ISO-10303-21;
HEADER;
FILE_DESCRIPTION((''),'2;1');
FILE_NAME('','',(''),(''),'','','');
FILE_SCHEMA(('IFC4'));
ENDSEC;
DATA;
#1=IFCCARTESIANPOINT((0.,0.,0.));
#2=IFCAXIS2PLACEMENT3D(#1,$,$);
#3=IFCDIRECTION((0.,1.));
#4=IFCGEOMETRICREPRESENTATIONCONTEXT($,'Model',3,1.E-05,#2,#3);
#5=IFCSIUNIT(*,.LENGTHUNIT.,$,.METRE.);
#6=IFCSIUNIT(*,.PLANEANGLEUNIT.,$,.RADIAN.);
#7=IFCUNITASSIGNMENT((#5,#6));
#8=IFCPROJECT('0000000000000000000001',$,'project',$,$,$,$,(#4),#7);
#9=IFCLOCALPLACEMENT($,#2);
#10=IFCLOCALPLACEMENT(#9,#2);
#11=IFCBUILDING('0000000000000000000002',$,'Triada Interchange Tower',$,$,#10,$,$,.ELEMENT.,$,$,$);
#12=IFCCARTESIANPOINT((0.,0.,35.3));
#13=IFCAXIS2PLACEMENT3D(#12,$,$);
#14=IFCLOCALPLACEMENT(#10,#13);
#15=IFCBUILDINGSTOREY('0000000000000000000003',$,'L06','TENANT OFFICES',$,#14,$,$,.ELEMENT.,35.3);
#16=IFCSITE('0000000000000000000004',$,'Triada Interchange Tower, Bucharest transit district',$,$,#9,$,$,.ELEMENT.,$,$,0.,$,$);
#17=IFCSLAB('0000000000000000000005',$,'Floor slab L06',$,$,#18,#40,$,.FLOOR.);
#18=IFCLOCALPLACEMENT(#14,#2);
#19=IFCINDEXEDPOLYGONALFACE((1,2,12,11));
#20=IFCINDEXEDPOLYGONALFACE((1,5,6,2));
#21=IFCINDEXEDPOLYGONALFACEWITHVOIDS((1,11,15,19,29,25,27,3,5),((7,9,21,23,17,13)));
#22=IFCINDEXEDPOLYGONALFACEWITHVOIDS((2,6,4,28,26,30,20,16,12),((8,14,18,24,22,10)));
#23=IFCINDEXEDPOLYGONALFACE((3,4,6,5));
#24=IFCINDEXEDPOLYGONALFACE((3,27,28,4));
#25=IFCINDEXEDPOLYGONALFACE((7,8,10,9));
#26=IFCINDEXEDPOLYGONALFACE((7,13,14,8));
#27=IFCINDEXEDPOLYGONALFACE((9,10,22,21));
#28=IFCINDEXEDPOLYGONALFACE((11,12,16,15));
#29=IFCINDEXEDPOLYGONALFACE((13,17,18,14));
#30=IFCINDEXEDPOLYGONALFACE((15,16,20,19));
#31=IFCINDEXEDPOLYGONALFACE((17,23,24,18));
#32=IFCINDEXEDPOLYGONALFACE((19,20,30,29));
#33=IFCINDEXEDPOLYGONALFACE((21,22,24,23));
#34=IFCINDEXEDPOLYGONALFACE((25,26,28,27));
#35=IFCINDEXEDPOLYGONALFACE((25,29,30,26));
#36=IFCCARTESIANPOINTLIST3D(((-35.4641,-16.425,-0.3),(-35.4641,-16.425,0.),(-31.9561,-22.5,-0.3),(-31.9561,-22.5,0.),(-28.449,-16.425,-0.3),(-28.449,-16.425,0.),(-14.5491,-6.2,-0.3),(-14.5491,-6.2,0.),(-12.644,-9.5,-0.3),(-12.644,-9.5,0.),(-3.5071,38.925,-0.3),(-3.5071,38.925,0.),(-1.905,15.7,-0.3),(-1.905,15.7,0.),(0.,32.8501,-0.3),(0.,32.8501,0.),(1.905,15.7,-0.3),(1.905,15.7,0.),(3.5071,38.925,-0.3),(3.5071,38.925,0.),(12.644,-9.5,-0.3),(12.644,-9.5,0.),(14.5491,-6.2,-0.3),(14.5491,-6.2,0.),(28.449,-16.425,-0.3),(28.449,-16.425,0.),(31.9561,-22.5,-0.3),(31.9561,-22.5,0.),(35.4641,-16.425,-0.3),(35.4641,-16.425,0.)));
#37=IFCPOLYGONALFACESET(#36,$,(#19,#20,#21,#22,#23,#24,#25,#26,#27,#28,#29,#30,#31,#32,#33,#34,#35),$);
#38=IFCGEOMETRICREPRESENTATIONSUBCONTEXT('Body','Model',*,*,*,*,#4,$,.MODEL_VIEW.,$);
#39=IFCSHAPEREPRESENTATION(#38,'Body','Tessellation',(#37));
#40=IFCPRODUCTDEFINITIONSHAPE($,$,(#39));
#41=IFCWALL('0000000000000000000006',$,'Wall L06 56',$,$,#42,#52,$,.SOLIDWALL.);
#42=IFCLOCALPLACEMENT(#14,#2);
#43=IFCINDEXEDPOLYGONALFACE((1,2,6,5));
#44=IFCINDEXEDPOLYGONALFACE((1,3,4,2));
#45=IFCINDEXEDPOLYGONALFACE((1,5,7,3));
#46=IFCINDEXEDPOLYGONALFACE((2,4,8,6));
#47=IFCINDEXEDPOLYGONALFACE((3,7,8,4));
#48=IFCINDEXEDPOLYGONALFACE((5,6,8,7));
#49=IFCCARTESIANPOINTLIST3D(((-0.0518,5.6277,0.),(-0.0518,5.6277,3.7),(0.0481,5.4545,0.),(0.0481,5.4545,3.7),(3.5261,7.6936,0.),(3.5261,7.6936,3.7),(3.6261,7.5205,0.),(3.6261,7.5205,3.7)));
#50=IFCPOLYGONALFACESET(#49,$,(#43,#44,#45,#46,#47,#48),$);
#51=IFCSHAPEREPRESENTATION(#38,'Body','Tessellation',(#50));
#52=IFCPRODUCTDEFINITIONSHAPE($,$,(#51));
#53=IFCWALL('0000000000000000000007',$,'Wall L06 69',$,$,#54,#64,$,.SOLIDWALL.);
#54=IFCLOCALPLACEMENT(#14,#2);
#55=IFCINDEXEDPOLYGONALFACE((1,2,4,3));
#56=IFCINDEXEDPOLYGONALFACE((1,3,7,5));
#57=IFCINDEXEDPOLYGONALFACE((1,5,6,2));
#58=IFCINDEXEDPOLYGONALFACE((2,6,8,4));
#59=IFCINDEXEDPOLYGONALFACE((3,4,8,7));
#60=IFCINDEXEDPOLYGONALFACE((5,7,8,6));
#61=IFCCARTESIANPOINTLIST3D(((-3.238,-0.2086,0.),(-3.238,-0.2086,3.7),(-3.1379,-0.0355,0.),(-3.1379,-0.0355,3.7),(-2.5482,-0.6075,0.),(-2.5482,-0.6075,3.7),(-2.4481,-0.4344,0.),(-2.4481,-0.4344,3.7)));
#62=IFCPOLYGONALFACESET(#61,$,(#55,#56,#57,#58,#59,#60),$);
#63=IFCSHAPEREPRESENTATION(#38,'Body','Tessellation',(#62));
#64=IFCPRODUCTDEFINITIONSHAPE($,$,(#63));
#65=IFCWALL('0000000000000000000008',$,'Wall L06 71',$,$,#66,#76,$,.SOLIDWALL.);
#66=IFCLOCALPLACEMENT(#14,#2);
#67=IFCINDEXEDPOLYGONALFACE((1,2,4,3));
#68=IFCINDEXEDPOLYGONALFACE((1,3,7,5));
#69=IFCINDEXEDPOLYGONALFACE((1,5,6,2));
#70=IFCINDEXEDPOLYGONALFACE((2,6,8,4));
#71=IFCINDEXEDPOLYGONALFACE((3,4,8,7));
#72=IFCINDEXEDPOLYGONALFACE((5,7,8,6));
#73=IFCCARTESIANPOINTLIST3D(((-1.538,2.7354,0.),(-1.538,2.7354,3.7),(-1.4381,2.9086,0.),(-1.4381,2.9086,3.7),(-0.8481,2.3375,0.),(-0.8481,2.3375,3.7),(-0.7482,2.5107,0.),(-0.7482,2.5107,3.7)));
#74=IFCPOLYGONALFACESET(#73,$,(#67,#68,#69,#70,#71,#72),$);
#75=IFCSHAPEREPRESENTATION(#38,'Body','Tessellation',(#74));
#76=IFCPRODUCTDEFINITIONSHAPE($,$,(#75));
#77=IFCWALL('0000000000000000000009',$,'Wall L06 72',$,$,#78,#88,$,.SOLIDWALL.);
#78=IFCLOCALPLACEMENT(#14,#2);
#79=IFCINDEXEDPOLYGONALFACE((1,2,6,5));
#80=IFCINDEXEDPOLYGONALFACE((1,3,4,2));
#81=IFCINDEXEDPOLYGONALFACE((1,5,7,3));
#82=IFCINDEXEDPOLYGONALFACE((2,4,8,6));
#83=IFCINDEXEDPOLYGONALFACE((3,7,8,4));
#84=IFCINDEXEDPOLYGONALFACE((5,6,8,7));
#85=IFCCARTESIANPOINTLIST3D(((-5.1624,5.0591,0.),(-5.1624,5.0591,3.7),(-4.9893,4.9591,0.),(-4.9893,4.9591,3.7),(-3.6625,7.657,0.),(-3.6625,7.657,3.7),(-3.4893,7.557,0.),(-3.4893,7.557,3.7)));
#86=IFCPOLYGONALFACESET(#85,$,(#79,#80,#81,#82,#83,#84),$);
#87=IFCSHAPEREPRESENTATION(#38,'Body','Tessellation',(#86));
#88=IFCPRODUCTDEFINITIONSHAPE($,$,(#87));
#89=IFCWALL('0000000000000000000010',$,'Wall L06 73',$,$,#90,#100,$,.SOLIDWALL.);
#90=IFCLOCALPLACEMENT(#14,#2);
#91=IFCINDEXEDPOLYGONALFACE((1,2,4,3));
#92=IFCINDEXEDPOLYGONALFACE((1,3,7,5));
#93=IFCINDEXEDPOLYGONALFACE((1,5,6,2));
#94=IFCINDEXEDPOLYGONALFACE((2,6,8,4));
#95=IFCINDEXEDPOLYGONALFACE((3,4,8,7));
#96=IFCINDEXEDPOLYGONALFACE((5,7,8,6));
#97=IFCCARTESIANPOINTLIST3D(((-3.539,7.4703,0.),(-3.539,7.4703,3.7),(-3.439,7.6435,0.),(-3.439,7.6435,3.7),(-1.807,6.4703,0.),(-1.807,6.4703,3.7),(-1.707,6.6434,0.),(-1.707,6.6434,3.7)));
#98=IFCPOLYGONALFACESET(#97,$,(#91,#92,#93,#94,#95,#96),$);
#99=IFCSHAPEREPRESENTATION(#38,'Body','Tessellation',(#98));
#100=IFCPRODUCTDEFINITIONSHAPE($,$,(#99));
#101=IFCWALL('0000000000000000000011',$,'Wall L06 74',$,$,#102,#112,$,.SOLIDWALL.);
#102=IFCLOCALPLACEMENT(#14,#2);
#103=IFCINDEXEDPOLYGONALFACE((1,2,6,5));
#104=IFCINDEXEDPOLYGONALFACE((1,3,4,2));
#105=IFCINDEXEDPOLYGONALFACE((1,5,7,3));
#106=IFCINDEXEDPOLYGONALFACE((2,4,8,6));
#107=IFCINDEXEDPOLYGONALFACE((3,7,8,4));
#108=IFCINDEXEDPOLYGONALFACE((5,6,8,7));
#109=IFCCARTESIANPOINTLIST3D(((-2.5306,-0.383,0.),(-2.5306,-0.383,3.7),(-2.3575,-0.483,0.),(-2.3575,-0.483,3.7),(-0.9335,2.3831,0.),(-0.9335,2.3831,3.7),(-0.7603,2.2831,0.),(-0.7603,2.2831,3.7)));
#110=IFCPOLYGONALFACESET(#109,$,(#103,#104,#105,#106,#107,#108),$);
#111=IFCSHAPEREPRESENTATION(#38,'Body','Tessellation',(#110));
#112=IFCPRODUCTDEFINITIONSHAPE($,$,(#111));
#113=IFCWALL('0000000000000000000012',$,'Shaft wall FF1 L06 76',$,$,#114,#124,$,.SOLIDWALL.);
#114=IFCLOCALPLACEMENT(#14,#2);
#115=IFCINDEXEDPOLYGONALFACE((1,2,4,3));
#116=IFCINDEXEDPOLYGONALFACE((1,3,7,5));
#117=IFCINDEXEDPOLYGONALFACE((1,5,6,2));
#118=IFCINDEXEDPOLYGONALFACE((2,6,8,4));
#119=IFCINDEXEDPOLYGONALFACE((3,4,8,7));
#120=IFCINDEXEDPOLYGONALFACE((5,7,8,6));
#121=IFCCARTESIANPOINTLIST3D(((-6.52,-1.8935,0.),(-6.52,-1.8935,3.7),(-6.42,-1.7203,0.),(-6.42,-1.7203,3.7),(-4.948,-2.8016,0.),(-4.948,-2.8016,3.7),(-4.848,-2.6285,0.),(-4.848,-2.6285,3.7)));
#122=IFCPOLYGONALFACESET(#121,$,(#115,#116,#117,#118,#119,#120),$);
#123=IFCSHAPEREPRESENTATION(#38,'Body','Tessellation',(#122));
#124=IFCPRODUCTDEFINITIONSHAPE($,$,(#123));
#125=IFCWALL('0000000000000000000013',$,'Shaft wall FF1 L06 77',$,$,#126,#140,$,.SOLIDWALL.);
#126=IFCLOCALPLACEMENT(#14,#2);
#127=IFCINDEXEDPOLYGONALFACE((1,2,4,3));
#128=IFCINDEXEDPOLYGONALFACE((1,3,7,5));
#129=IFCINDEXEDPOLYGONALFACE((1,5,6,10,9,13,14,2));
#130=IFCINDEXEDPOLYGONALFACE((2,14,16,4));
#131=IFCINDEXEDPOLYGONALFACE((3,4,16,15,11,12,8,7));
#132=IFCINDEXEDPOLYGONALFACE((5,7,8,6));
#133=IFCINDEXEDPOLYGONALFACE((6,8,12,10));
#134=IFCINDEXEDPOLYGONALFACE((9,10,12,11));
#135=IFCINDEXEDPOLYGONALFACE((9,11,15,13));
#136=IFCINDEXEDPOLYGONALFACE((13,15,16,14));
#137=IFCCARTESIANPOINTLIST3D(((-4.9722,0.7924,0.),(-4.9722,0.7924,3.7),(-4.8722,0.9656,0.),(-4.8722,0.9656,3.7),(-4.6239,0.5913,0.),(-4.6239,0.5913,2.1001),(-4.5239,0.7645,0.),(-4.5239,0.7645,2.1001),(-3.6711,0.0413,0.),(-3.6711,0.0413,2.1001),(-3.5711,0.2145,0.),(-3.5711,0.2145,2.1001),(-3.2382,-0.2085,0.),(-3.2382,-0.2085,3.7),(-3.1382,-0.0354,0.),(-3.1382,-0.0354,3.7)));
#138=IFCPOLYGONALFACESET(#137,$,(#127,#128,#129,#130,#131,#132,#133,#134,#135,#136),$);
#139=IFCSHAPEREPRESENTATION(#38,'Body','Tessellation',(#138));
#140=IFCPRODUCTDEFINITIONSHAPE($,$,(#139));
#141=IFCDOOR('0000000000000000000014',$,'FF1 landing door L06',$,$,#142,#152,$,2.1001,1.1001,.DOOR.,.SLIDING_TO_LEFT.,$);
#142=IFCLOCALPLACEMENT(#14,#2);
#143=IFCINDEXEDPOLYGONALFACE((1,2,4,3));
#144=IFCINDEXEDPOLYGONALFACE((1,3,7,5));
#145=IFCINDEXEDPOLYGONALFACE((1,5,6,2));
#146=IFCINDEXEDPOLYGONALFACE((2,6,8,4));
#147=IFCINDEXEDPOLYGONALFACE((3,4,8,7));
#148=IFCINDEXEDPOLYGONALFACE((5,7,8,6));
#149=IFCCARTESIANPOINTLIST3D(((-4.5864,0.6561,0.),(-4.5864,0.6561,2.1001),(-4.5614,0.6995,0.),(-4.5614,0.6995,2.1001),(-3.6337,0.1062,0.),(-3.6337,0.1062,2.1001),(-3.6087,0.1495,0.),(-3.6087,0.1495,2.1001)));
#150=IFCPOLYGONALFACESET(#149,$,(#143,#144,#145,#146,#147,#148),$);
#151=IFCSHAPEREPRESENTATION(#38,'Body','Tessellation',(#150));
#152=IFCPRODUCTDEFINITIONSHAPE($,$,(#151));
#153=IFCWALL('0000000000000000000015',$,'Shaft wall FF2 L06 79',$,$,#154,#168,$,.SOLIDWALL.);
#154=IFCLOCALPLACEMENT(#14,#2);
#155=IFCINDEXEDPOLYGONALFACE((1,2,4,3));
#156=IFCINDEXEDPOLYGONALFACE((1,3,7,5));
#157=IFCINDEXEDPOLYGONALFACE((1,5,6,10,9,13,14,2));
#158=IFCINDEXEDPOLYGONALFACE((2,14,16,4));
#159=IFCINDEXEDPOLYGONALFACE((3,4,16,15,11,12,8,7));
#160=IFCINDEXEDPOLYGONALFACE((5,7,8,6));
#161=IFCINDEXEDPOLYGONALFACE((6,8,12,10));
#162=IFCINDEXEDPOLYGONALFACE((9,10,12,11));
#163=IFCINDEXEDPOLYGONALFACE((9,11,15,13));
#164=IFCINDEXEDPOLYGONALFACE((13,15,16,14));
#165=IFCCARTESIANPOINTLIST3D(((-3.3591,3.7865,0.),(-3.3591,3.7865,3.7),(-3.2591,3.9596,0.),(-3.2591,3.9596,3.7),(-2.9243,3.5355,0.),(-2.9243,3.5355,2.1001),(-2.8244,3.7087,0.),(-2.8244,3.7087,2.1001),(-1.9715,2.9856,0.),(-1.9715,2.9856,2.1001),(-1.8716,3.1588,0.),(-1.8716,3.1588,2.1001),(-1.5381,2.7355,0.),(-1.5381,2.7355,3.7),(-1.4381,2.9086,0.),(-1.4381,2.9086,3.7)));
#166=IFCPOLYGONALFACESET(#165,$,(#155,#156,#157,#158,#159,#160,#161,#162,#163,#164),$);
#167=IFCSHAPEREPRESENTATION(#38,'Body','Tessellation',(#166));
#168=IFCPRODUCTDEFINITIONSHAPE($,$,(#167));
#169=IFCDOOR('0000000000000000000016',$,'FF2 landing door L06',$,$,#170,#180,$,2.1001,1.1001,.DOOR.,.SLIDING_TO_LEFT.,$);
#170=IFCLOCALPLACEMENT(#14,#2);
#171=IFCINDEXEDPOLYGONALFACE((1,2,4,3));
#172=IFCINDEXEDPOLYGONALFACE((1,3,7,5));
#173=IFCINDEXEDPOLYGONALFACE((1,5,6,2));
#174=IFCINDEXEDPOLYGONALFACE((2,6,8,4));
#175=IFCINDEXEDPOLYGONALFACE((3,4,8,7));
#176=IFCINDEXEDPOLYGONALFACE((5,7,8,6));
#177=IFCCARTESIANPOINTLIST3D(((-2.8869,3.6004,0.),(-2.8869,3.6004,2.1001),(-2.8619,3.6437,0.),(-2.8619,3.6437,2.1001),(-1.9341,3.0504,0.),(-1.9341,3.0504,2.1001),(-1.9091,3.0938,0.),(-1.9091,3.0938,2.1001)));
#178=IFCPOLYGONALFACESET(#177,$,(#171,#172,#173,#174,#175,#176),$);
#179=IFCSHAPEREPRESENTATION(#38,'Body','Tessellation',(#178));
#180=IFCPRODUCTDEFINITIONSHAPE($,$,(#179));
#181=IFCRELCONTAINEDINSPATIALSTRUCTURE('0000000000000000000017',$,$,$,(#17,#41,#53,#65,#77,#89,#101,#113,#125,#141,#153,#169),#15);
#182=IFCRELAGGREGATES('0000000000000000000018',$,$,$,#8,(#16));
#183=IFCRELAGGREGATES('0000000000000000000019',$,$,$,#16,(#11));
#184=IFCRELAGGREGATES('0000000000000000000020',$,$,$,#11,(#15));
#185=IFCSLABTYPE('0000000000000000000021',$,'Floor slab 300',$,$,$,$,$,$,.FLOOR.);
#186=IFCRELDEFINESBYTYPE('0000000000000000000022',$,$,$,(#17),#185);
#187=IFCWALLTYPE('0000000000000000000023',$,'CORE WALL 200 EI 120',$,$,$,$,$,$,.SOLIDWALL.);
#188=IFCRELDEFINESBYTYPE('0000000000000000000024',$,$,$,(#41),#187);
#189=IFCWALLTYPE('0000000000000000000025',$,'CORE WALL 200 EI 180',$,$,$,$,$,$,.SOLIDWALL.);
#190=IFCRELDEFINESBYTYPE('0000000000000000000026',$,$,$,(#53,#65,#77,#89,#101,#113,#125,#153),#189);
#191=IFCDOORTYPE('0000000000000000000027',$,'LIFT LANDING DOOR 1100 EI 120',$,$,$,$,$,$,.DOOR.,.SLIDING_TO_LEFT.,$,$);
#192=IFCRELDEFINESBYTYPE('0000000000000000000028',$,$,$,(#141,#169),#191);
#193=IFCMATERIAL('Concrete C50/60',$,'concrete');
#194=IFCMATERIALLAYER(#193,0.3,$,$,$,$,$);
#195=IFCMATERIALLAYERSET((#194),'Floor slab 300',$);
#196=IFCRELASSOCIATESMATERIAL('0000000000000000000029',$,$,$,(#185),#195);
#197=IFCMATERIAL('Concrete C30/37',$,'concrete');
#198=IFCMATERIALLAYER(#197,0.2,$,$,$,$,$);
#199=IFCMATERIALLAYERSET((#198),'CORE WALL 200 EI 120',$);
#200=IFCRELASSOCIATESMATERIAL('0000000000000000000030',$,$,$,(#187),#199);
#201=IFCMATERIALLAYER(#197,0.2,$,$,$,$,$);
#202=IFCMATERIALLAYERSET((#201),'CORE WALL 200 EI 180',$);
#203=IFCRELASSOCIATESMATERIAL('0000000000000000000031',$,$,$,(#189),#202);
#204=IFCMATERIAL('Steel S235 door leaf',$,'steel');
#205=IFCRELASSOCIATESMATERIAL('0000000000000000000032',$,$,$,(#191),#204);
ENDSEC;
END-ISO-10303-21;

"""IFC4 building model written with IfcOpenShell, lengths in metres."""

from ifc_helpers import new_model, si_unit, direction, frame, frame_2d, origin, place, context, subcontext, project, spatial, polyline, rectangle, outline, extrude, material, layer, layer_set, type_object, element, fill, save


model = new_model("IFC4")

# Units and contexts
model_context = context("Model", 3, precision=1e-05, world=origin(), true_north=direction((0.0, 1.0)))
body_context = subcontext(model_context, "Body", "Model", "MODEL_VIEW")
ifc_project = project(units=[si_unit("LENGTHUNIT", "METRE"), si_unit("PLANEANGLEUNIT", "RADIAN")], contexts=[model_context])

# Site, building, storey
site_placement = place(None, origin())
site = spatial("IfcSite", under=ifc_project, at=site_placement, Name="Triada Interchange Tower, Bucharest transit district", CompositionType="ELEMENT", RefElevation=0.0)
building_placement = place(site_placement, origin())
building = spatial("IfcBuilding", under=site, at=building_placement, Name="Triada Interchange Tower", CompositionType="ELEMENT")
storey_placement = place(building_placement, frame((0.0, 0.0, 35.3)))
storey = spatial("IfcBuildingStorey", under=building, at=storey_placement, Name="L06", Description="TENANT OFFICES", CompositionType="ELEMENT", Elevation=35.3)

# Slab
ifc_material_1 = material(Name="Concrete C50/60", Category="concrete")
ifc_layer_1 = layer(ifc_material_1, 0.3)
ifc_layer_set_1 = layer_set([ifc_layer_1], Name="Floor slab 300")
slab_type = type_object("IfcSlabType", Name="Floor slab 300", PredefinedType="FLOOR", material=ifc_layer_set_1)
slab_placement = place(storey_placement, frame((0.0, 0.0, -0.3)))
element("IfcSlab", 1, at=slab_placement, inside=storey, type_object=slab_type, Name="Floor slab L06", PredefinedType="FLOOR", context=body_context, shape_type="SweptSolid", body=[
    extrude(outline(polyline([(-3.5071, 38.925), (-35.4641, -16.425), (-28.449, -16.425), (-31.9561, -22.5), (31.9561, -22.5), (28.449, -16.425), (35.4641, -16.425), (3.5071, 38.925), (0.0, 32.8501), (-3.5071, 38.925)]), holes=[polyline([(1.905, 15.7), (-1.905, 15.7), (-14.5491, -6.2), (-12.644, -9.5), (12.644, -9.5), (14.5491, -6.2), (1.905, 15.7)])]), origin(), (0.0, 0.0, 1.0), 0.3),
])

# Walls
ifc_material_2 = material(Name="Concrete C30/37", Category="concrete")
ifc_layer_2 = layer(ifc_material_2, 0.2)
ifc_layer_set_2 = layer_set([ifc_layer_2], Name="CORE WALL 200 EI 120")
wall_type_1 = type_object("IfcWallType", Name="CORE WALL 200 EI 120", PredefinedType="SOLIDWALL", material=ifc_layer_set_2)
wall_1_placement = place(storey_placement, frame((-0.002, 5.541, 0.0), z_axis=(0.0, 0.0, 1.0), x_axis=(0.866002, 0.500041, 0.0)))
element("IfcWall", 2, at=wall_1_placement, inside=storey, type_object=wall_type_1, Name="Wall L06 56", PredefinedType="SOLIDWALL", context=body_context, shape_type="SweptSolid", body=[
    extrude(rectangle(XDim=4.1316, YDim=0.2, at=frame_2d((2.0659, 0.0))), origin(), (0.0, 0.0, 1.0), 3.7),
])
ifc_layer_3 = layer(ifc_material_2, 0.2)
ifc_layer_set_3 = layer_set([ifc_layer_3], Name="CORE WALL 200 EI 180")
wall_type_2 = type_object("IfcWallType", Name="CORE WALL 200 EI 180", PredefinedType="SOLIDWALL", material=ifc_layer_set_3)
wall_2_placement = place(storey_placement, frame((-3.188, -0.1221, 0.0), z_axis=(0.0, 0.0, 1.0), x_axis=(0.865706, -0.500553, 0.0)))
element("IfcWall", 3, at=wall_2_placement, inside=storey, type_object=wall_type_2, Name="Wall L06 69", PredefinedType="SOLIDWALL", context=body_context, shape_type="SweptSolid", body=[
    extrude(rectangle(XDim=0.7969, YDim=0.2, at=frame_2d((0.3984, 0.0))), origin(), (0.0, 0.0, 1.0), 3.7),
])
wall_3_placement = place(storey_placement, frame((-1.488, 2.822, 0.0), z_axis=(0.0, 0.0, 1.0), x_axis=(0.866237, -0.499634, 0.0)))
element("IfcWall", 4, at=wall_3_placement, inside=storey, type_object=wall_type_2, Name="Wall L06 71", PredefinedType="SOLIDWALL", context=body_context, shape_type="SweptSolid", body=[
    extrude(rectangle(XDim=0.7964, YDim=0.2, at=frame_2d((0.3982, 0.0))), origin(), (0.0, 0.0, 1.0), 3.7),
])
wall_4_placement = place(storey_placement, frame((-5.0759, 5.009, 0.0), z_axis=(0.0, 0.0, 1.0), x_axis=(0.500025, 0.866011, 0.0)))
element("IfcWall", 5, at=wall_4_placement, inside=storey, type_object=wall_type_2, Name="Wall L06 72", PredefinedType="SOLIDWALL", context=body_context, shape_type="SweptSolid", body=[
    extrude(rectangle(XDim=2.9998, YDim=0.2, at=frame_2d((1.5, 0.0))), origin(), (0.0, 0.0, 1.0), 3.7),
])
wall_5_placement = place(storey_placement, frame((-3.489, 7.5569, 0.0), z_axis=(0.0, 0.0, 1.0), x_axis=(0.866011, -0.500025, 0.0)))
element("IfcWall", 6, at=wall_5_placement, inside=storey, type_object=wall_type_2, Name="Wall L06 73", PredefinedType="SOLIDWALL", context=body_context, shape_type="SweptSolid", body=[
    extrude(rectangle(XDim=2.0, YDim=0.2, at=frame_2d((1.0, 0.0))), origin(), (0.0, 0.0, 1.0), 3.7),
])
wall_6_placement = place(storey_placement, frame((-2.4441, -0.4331, 0.0), z_axis=(0.0, 0.0, 1.0), x_axis=(0.500036, 0.866005, 0.0)))
element("IfcWall", 7, at=wall_6_placement, inside=storey, type_object=wall_type_2, Name="Wall L06 74", PredefinedType="SOLIDWALL", context=body_context, shape_type="SweptSolid", body=[
    extrude(rectangle(XDim=3.1941, YDim=0.2, at=frame_2d((1.5972, 0.0))), origin(), (0.0, 0.0, 1.0), 3.7),
])
wall_7_placement = place(storey_placement, frame((-6.47, -1.8069, 0.0), z_axis=(0.0, 0.0, 1.0), x_axis=(0.865883, -0.500246, 0.0)))
element("IfcWall", 8, at=wall_7_placement, inside=storey, type_object=wall_type_2, Name="Shaft wall FF1 L06 76", PredefinedType="SOLIDWALL", context=body_context, shape_type="SweptSolid", body=[
    extrude(rectangle(XDim=1.8154, YDim=0.2, at=frame_2d((0.9077, 0.0))), origin(), (0.0, 0.0, 1.0), 3.7),
])

# Walls, openings, doors
wall_8_placement = place(storey_placement, frame((-4.9221, 0.8789, 0.0), z_axis=(0.0, 0.0, 1.0), x_axis=(0.866074, -0.499916, 0.0)))
wall_8 = element("IfcWall", 9, at=wall_8_placement, inside=storey, type_object=wall_type_2, Name="Shaft wall FF1 L06 77", PredefinedType="SOLIDWALL", context=body_context, shape_type="SweptSolid", body=[
    extrude(rectangle(XDim=2.0022, YDim=0.2, at=frame_2d((1.001, 0.0))), origin(), (0.0, 0.0, 1.0), 3.7),
])
opening_1_placement = place(wall_8_placement, frame((0.4021, 0.0, 0.0)))
opening_1 = element("IfcOpeningElement", 10, at=opening_1_placement, cuts=wall_8, PredefinedType="OPENING", context=body_context, shape_type="SweptSolid", body=[
    extrude(rectangle(XDim=1.1001, YDim=2.1001, at=frame_2d((0.55, 1.05))), frame((0.0, 0.1099, 0.0), z_axis=(0.0, -1.0, 0.0), x_axis=(1.0, 0.0, 0.0)), (0.0, 0.0, 1.0), 0.22),
])
ifc_material_3 = material(Name="Steel S235 door leaf", Category="steel")
door_type = type_object("IfcDoorType", Name="LIFT LANDING DOOR 1100 EI 120", OperationType="SLIDING_TO_LEFT", PredefinedType="DOOR", material=ifc_material_3)
door_1_placement = place(opening_1_placement, origin())
door_1 = element("IfcDoor", 11, at=door_1_placement, inside=storey, type_object=door_type, Name="FF1 landing door L06", OperationType="SLIDING_TO_LEFT", OverallHeight=2.1001, OverallWidth=1.1001, PredefinedType="DOOR", context=body_context, shape_type="SweptSolid", body=[
    extrude(rectangle(XDim=1.1001, YDim=2.1001, at=frame_2d((0.55, 1.05))), frame((0.0, 0.0249, 0.0), z_axis=(0.0, -1.0, 0.0), x_axis=(1.0, 0.0, 0.0)), (0.0, 0.0, 1.0), 0.05),
])
fill(opening_1, door_1)
wall_9_placement = place(storey_placement, frame((-3.3091, 3.873, 0.0), z_axis=(0.0, 0.0, 1.0), x_axis=(0.866099, -0.499873, 0.0)))
wall_9 = element("IfcWall", 12, at=wall_9_placement, inside=storey, type_object=wall_type_2, Name="Shaft wall FF2 L06 79", PredefinedType="SOLIDWALL", context=body_context, shape_type="SweptSolid", body=[
    extrude(rectangle(XDim=2.1025, YDim=0.2, at=frame_2d((1.0513, 0.0))), origin(), (0.0, 0.0, 1.0), 3.7),
])
opening_2_placement = place(wall_9_placement, frame((0.502, 0.0, 0.0)))
opening_2 = element("IfcOpeningElement", 13, at=opening_2_placement, cuts=wall_9, PredefinedType="OPENING", context=body_context, shape_type="SweptSolid", body=[
    extrude(rectangle(XDim=1.1001, YDim=2.1001, at=frame_2d((0.55, 1.05))), frame((0.0, 0.1099, 0.0), z_axis=(0.0, -1.0, 0.0), x_axis=(1.0, 0.0, 0.0)), (0.0, 0.0, 1.0), 0.22),
])
door_2_placement = place(opening_2_placement, origin())
door_2 = element("IfcDoor", 14, at=door_2_placement, inside=storey, type_object=door_type, Name="FF2 landing door L06", OperationType="SLIDING_TO_LEFT", OverallHeight=2.1001, OverallWidth=1.1001, PredefinedType="DOOR", context=body_context, shape_type="SweptSolid", body=[
    extrude(rectangle(XDim=1.1001, YDim=2.1001, at=frame_2d((0.55, 1.05))), frame((0.0, 0.0249, 0.0), z_axis=(0.0, -1.0, 0.0), x_axis=(1.0, 0.0, 0.0)), (0.0, 0.0, 1.0), 0.05),
])
fill(opening_2, door_2)

save(model, "model.ifc")
